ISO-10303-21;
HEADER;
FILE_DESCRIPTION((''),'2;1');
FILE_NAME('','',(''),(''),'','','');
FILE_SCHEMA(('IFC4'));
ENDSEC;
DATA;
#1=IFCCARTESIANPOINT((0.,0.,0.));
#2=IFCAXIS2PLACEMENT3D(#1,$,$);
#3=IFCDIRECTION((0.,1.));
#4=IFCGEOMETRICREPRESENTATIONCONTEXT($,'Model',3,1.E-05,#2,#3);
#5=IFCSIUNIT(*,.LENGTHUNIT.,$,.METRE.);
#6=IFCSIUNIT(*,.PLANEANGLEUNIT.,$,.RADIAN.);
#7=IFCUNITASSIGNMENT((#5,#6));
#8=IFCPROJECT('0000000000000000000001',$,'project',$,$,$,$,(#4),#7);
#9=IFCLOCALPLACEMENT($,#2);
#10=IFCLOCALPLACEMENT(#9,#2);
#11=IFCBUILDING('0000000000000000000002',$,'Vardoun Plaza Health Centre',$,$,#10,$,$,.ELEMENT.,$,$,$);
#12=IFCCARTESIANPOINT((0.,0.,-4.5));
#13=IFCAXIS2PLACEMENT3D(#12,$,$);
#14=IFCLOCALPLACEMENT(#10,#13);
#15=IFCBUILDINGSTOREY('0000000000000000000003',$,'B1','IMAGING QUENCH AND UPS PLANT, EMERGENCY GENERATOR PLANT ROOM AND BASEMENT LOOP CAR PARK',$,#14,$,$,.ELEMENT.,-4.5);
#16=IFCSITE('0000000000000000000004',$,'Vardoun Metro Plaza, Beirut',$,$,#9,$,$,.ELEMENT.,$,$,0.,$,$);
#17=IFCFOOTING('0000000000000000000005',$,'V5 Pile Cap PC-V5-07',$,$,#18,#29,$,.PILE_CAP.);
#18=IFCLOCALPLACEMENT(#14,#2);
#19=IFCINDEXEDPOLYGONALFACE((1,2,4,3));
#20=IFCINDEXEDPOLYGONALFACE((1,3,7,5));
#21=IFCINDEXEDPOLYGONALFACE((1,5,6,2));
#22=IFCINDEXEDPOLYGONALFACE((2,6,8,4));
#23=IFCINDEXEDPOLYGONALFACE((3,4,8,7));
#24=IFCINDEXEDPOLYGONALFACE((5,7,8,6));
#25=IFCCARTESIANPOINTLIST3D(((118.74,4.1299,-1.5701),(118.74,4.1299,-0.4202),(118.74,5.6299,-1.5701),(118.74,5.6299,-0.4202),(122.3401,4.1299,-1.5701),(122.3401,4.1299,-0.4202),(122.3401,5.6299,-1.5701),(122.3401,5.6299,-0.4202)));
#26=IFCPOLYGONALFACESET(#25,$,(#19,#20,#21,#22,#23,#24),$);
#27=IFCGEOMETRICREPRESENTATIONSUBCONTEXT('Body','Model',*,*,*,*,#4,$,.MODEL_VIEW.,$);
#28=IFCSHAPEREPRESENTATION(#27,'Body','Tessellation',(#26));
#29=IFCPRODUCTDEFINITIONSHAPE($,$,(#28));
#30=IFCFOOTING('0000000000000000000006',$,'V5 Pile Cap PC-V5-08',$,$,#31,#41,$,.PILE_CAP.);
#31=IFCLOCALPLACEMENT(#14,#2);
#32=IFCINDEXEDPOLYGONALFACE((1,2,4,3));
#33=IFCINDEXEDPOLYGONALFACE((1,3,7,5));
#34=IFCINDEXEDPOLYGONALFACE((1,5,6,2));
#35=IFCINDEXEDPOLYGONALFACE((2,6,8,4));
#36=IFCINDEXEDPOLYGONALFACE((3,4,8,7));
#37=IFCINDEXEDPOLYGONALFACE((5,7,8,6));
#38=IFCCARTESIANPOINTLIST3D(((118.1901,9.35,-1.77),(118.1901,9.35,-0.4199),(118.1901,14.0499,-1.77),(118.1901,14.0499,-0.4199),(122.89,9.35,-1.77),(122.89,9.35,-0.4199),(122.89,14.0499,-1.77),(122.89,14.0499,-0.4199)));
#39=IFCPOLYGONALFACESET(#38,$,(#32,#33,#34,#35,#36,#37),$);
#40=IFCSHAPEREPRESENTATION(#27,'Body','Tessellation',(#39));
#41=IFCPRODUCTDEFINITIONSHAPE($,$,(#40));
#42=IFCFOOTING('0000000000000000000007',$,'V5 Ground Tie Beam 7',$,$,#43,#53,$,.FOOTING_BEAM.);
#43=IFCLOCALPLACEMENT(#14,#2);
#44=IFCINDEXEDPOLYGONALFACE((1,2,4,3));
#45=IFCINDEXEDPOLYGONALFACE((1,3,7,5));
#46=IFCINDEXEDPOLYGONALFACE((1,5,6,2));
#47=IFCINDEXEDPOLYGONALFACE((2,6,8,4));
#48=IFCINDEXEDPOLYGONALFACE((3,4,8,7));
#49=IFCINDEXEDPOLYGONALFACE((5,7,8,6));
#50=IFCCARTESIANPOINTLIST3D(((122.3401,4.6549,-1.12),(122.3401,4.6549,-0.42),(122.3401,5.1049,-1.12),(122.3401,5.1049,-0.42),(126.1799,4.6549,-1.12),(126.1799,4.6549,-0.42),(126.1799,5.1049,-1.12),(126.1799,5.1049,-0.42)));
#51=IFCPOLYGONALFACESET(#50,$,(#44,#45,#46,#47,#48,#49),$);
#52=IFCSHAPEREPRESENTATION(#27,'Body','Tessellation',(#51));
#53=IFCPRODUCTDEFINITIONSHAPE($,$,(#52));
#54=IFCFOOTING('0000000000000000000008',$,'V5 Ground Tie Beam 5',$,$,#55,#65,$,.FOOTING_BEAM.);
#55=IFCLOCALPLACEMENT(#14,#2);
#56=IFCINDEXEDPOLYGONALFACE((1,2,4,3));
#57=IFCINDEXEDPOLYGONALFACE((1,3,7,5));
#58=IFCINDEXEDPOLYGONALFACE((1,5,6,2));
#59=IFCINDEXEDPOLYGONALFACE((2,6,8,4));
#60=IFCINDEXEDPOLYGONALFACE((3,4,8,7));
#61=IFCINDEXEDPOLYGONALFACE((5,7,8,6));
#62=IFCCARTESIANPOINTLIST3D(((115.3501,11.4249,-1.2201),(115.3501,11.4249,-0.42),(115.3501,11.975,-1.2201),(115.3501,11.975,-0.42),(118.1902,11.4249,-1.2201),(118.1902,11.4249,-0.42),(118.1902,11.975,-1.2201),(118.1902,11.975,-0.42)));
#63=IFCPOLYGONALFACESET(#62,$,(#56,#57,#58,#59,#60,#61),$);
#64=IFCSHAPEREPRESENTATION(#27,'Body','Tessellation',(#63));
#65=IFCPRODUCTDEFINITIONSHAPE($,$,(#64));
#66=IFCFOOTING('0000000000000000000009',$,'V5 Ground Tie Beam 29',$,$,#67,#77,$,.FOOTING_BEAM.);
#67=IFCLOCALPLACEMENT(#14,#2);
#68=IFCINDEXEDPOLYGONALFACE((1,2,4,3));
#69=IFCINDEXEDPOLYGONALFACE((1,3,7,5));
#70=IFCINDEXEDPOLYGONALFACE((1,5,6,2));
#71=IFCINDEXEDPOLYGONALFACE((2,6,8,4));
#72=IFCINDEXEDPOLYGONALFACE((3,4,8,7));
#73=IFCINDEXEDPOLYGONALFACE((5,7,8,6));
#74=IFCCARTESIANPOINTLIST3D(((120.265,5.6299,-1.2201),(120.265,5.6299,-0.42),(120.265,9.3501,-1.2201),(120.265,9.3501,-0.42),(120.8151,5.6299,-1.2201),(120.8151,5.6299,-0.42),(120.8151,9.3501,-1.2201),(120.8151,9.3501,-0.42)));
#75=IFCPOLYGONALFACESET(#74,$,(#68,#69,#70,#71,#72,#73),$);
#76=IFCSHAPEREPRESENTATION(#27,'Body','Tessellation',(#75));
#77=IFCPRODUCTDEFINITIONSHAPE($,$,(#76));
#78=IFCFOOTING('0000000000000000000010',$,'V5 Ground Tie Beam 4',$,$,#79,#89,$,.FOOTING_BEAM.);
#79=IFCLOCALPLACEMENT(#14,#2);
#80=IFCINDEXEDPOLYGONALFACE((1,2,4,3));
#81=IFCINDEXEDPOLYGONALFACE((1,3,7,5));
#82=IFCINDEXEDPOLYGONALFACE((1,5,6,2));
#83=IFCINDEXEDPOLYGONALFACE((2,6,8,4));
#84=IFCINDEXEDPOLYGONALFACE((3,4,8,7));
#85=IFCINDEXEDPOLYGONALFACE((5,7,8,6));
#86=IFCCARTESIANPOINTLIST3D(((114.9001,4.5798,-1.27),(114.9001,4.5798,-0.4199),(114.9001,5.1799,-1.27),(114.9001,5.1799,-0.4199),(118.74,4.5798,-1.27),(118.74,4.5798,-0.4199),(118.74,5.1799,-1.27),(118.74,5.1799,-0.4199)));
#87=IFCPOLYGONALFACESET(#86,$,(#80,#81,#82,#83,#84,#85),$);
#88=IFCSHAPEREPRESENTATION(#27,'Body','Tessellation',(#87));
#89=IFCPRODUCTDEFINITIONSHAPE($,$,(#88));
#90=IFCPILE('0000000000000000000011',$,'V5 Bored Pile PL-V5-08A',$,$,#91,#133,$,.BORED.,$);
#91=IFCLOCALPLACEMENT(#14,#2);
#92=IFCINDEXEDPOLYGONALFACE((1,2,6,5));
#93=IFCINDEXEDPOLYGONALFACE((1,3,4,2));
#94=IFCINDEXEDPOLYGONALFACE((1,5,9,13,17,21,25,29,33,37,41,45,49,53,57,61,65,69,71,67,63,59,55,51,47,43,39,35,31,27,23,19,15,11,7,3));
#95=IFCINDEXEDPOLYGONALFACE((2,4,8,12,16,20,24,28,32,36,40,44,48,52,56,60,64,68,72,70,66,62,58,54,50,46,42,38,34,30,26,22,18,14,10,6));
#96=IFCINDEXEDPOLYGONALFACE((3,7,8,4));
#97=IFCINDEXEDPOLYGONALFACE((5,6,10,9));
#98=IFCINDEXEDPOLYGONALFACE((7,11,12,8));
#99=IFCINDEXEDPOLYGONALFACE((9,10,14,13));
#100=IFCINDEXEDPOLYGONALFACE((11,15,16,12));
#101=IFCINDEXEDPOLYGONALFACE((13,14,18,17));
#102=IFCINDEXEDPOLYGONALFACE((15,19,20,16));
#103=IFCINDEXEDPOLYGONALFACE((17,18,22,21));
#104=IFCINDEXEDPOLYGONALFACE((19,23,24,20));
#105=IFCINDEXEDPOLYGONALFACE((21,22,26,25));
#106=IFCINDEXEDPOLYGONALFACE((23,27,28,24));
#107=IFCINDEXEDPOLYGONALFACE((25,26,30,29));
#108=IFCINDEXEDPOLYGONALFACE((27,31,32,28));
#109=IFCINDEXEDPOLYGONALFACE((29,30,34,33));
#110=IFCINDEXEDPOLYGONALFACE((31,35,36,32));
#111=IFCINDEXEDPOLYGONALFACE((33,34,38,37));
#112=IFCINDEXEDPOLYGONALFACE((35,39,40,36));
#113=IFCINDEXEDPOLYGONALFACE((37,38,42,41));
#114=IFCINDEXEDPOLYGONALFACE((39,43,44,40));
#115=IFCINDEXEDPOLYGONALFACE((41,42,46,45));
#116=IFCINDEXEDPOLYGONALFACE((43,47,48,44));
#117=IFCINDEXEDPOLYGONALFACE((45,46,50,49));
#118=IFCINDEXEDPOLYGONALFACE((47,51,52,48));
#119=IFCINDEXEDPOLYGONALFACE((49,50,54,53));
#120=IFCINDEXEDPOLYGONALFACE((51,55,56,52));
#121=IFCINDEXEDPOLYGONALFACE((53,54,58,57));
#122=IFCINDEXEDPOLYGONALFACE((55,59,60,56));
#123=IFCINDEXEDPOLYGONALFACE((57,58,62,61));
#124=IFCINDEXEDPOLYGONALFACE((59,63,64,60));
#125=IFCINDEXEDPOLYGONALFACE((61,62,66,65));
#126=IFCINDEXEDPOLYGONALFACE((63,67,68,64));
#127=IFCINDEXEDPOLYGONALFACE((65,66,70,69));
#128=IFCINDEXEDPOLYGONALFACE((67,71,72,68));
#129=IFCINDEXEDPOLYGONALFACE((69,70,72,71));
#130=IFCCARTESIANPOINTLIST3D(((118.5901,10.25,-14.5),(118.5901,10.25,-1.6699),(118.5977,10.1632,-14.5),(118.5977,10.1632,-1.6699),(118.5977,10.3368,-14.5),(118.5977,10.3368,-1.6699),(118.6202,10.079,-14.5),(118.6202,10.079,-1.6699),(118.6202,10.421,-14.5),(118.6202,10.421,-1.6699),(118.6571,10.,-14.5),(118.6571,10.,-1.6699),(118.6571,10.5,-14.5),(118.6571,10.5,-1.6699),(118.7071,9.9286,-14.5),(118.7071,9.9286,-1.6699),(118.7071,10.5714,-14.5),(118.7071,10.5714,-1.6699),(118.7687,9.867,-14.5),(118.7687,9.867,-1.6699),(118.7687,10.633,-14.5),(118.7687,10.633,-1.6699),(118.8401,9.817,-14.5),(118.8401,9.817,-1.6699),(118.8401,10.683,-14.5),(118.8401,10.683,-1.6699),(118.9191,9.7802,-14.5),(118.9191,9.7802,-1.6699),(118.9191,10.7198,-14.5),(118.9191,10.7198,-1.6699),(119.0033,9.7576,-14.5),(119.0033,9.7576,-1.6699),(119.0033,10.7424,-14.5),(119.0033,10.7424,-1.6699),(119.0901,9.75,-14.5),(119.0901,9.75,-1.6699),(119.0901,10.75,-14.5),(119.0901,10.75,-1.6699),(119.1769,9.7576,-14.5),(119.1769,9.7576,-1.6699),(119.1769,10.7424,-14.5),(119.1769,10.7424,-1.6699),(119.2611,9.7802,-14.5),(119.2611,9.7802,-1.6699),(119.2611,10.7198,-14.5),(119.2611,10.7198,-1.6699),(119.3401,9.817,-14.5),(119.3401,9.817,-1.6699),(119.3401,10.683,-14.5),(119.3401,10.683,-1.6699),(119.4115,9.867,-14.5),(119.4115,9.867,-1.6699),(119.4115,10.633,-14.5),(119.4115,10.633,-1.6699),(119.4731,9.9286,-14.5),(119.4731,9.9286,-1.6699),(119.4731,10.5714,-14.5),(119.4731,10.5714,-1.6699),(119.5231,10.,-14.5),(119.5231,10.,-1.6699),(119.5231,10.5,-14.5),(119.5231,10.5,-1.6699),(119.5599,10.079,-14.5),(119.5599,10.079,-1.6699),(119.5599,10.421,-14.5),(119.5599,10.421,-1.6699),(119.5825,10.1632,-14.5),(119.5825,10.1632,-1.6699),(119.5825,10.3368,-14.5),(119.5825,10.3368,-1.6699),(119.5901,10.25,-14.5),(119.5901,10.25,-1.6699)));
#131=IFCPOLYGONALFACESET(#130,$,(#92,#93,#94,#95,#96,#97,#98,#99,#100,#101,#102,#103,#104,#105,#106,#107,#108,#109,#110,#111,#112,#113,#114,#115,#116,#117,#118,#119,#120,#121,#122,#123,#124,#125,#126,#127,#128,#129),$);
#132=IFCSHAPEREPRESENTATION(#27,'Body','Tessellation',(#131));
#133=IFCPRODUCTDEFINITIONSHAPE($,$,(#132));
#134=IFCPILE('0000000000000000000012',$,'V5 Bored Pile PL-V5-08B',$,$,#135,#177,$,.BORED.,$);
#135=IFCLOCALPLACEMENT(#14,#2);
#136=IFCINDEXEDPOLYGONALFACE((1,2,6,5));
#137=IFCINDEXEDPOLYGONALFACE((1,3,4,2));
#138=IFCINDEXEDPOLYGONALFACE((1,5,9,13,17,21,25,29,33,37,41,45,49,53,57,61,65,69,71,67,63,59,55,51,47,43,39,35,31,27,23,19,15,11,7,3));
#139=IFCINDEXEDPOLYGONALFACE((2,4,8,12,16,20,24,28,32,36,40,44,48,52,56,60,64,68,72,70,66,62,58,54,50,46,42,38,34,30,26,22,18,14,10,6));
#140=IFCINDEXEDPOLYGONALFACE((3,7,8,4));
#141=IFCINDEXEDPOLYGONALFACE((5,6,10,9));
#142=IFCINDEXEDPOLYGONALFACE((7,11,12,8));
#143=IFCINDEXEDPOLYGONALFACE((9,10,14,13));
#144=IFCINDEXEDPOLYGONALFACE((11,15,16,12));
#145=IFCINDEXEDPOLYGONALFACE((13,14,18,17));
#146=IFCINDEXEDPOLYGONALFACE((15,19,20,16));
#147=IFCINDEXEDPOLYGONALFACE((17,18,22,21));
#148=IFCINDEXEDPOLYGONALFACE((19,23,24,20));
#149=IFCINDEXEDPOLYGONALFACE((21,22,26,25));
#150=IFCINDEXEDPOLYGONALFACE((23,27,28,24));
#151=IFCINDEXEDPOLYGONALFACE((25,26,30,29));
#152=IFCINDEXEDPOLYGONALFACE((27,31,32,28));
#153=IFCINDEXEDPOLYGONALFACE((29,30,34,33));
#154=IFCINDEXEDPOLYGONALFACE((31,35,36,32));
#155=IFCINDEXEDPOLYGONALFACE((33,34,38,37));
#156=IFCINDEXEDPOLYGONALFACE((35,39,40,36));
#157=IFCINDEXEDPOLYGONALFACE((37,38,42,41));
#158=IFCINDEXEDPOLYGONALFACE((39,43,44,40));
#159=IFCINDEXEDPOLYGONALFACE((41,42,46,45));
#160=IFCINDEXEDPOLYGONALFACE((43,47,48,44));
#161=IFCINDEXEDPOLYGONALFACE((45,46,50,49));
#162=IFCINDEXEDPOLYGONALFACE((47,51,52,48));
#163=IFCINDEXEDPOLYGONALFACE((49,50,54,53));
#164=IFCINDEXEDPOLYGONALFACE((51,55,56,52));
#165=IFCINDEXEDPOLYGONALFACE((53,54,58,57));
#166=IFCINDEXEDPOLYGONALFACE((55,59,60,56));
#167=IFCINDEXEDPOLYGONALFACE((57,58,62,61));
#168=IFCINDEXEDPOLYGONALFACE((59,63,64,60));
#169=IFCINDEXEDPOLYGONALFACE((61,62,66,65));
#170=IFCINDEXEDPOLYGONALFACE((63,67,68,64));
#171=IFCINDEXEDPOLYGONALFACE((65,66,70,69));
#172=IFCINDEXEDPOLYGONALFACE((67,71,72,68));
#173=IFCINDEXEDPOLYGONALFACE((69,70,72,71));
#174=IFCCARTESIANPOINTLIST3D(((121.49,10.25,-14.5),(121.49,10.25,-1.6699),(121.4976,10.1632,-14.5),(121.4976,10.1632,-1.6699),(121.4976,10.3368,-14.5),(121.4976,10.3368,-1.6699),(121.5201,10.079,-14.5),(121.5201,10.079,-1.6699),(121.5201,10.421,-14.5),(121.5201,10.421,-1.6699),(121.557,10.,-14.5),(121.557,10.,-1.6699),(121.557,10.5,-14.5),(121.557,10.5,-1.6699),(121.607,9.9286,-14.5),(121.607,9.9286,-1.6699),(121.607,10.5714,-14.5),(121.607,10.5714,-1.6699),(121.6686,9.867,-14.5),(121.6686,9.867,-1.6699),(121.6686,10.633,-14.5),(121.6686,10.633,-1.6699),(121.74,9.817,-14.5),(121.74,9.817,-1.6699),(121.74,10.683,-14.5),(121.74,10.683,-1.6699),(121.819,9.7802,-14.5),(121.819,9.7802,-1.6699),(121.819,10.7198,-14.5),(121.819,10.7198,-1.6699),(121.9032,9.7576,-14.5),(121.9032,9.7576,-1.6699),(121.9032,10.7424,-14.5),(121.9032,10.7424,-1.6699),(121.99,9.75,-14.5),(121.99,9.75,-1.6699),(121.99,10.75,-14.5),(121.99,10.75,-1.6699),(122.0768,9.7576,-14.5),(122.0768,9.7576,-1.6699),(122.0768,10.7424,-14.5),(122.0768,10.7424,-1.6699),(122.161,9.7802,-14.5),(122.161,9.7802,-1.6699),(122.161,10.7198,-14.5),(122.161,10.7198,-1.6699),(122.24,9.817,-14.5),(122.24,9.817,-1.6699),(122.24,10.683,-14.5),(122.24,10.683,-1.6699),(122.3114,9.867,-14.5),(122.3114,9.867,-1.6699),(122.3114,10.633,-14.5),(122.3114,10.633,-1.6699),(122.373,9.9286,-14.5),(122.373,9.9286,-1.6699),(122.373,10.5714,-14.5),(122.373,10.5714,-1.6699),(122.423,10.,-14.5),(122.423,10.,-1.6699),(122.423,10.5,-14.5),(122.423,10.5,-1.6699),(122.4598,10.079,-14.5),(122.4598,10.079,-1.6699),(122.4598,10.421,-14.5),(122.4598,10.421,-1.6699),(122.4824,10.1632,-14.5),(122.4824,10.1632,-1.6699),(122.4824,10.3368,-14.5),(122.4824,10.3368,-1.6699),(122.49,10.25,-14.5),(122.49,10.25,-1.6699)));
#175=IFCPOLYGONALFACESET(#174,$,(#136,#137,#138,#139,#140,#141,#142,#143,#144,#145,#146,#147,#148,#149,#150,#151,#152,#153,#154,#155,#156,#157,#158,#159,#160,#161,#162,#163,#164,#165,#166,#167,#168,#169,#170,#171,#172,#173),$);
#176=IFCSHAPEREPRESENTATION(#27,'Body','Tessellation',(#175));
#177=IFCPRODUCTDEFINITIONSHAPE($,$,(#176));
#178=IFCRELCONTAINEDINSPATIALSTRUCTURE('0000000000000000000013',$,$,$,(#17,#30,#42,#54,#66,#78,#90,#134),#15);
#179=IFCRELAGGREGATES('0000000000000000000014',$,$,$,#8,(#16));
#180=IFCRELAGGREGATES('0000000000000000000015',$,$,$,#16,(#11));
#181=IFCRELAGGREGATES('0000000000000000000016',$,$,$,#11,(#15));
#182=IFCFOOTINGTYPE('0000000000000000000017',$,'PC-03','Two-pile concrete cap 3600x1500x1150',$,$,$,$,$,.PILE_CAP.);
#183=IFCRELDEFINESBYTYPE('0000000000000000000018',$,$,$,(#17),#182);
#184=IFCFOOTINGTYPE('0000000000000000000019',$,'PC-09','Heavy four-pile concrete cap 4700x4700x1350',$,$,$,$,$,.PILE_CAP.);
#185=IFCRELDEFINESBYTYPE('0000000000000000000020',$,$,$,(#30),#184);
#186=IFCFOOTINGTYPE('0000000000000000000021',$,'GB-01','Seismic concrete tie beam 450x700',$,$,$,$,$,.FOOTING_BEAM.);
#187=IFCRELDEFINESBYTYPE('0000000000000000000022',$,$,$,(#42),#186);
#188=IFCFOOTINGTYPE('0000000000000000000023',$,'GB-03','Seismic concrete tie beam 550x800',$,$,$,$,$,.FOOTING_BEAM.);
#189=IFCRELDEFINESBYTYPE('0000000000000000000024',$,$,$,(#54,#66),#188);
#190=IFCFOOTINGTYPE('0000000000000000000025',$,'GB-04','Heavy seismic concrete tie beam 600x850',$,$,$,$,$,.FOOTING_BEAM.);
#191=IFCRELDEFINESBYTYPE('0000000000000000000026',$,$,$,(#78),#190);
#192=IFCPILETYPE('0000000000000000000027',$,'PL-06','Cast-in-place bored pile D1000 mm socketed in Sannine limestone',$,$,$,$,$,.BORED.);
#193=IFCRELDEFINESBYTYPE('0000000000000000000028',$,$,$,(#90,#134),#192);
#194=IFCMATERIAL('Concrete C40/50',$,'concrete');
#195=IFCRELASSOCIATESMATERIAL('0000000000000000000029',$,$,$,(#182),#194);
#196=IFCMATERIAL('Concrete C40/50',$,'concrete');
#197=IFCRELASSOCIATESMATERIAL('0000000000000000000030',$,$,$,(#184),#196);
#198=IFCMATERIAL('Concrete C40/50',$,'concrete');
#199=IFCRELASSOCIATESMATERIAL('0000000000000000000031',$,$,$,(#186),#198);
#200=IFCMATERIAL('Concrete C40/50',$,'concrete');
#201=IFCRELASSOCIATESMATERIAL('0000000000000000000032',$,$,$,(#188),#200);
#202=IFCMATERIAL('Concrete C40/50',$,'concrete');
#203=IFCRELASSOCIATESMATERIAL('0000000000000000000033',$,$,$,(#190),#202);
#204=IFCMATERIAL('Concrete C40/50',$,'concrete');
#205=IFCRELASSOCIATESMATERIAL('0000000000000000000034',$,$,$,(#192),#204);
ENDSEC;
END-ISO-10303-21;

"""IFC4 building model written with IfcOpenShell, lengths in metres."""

from ifc_helpers import new_model, si_unit, direction, frame, origin, origin_2d, place, context, subcontext, project, spatial, rectangle, circle, extrude, material, material_profile, profile_set, type_object, element, save


model = new_model("IFC4")

# Units and contexts
model_context = context("Model", 3, precision=1e-05, world=origin(), true_north=direction((0.0, 1.0)))
body_context = subcontext(model_context, "Body", "Model", "MODEL_VIEW")
ifc_project = project(units=[si_unit("LENGTHUNIT", "METRE"), si_unit("PLANEANGLEUNIT", "RADIAN")], contexts=[model_context])

# Site, building, storey
site_placement = place(None, origin())
site = spatial("IfcSite", under=ifc_project, at=site_placement, Name="Vardoun Metro Plaza, Beirut", CompositionType="ELEMENT", RefElevation=0.0)
building_placement = place(site_placement, origin())
building = spatial("IfcBuilding", under=site, at=building_placement, Name="Vardoun Plaza Health Centre", CompositionType="ELEMENT")
storey_placement = place(building_placement, frame((0.0, 0.0, -4.5)))
storey = spatial("IfcBuildingStorey", under=building, at=storey_placement, Name="B1", Description="IMAGING QUENCH AND UPS PLANT, EMERGENCY GENERATOR PLANT ROOM AND BASEMENT LOOP CAR PARK", CompositionType="ELEMENT", Elevation=-4.5)

# Footings
ifc_material_1 = material(Name="Concrete C40/50", Category="concrete")
footing_type_1 = type_object("IfcFootingType", Name="PC-03", Description="Two-pile concrete cap 3600x1500x1150", PredefinedType="PILE_CAP", material=ifc_material_1)
footing_1_placement = place(storey_placement, frame((120.54, 4.8799, -1.5701), z_axis=(0.0, 0.0, 1.0), x_axis=(1.0, 0.0, 0.0)))
element("IfcFooting", 1, at=footing_1_placement, inside=storey, type_object=footing_type_1, Name="V5 Pile Cap PC-V5-07", PredefinedType="PILE_CAP", context=body_context, shape_type="SweptSolid", body=[
    extrude(rectangle(XDim=3.6001, YDim=1.5, at=origin_2d()), origin(), (0.0, 0.0, 1.0), 1.1499),
])
ifc_material_2 = material(Name="Concrete C40/50", Category="concrete")
footing_type_2 = type_object("IfcFootingType", Name="PC-09", Description="Heavy four-pile concrete cap 4700x4700x1350", PredefinedType="PILE_CAP", material=ifc_material_2)
footing_2_placement = place(storey_placement, frame((120.54, 11.7, -1.77), z_axis=(0.0, 0.0, 1.0), x_axis=(1.0, 0.0, 0.0)))
element("IfcFooting", 2, at=footing_2_placement, inside=storey, type_object=footing_type_2, Name="V5 Pile Cap PC-V5-08", PredefinedType="PILE_CAP", context=body_context, shape_type="SweptSolid", body=[
    extrude(rectangle(XDim=4.7, YDim=4.7, at=origin_2d()), origin(), (0.0, 0.0, 1.0), 1.3501),
])
ifc_material_3 = material(Name="Concrete C40/50", Category="concrete")
ifc_material_profile_1 = material_profile(ifc_material_3, rectangle(XDim=0.45, YDim=0.7, at=origin_2d()), Name="GB 450x700")
ifc_profile_set_1 = profile_set([ifc_material_profile_1], Name="Concrete C40/50")
footing_type_3 = type_object("IfcFootingType", Name="GB-01", Description="Seismic concrete tie beam 450x700", PredefinedType="FOOTING_BEAM", material=ifc_profile_set_1)
footing_3_placement = place(storey_placement, frame((122.3401, 4.8799, -0.77), z_axis=(1.0, 0.0, 0.0), x_axis=(0.0, 1.0, 0.0)))
element("IfcFooting", 3, at=footing_3_placement, inside=storey, type_object=footing_type_3, Name="V5 Ground Tie Beam 7", PredefinedType="FOOTING_BEAM", context=body_context, shape_type="SweptSolid", body=[
    extrude(rectangle(XDim=0.45, YDim=0.7, at=origin_2d()), origin(), (0.0, 0.0, 1.0), 3.8398),
])
ifc_material_4 = material(Name="Concrete C40/50", Category="concrete")
ifc_material_profile_2 = material_profile(ifc_material_4, rectangle(XDim=0.55, YDim=0.8, at=origin_2d()), Name="GB 550x800")
ifc_profile_set_2 = profile_set([ifc_material_profile_2], Name="Concrete C40/50")
footing_type_4 = type_object("IfcFootingType", Name="GB-03", Description="Seismic concrete tie beam 550x800", PredefinedType="FOOTING_BEAM", material=ifc_profile_set_2)
footing_4_placement = place(storey_placement, frame((115.3501, 11.7, -0.8201), z_axis=(1.0, 0.0, 0.0), x_axis=(0.0, 1.0, 0.0)))
element("IfcFooting", 4, at=footing_4_placement, inside=storey, type_object=footing_type_4, Name="V5 Ground Tie Beam 5", PredefinedType="FOOTING_BEAM", context=body_context, shape_type="SweptSolid", body=[
    extrude(rectangle(XDim=0.55, YDim=0.8, at=origin_2d()), origin(), (0.0, 0.0, 1.0), 2.8401),
])
footing_5_placement = place(storey_placement, frame((120.54, 5.6299, -0.8201), z_axis=(0.0, 1.0, 0.0), x_axis=(-1.0, 0.0, 0.0)))
element("IfcFooting", 5, at=footing_5_placement, inside=storey, type_object=footing_type_4, Name="V5 Ground Tie Beam 29", PredefinedType="FOOTING_BEAM", context=body_context, shape_type="SweptSolid", body=[
    extrude(rectangle(XDim=0.55, YDim=0.8, at=origin_2d()), origin(), (0.0, 0.0, 1.0), 3.7202),
])
ifc_material_5 = material(Name="Concrete C40/50", Category="concrete")
ifc_material_profile_3 = material_profile(ifc_material_5, rectangle(XDim=0.6001, YDim=0.8501, at=origin_2d()), Name="GB 600x850")
ifc_profile_set_3 = profile_set([ifc_material_profile_3], Name="Concrete C40/50")
footing_type_5 = type_object("IfcFootingType", Name="GB-04", Description="Heavy seismic concrete tie beam 600x850", PredefinedType="FOOTING_BEAM", material=ifc_profile_set_3)
footing_6_placement = place(storey_placement, frame((114.9001, 4.8799, -0.845), z_axis=(1.0, 0.0, 0.0), x_axis=(0.0, 1.0, 0.0)))
element("IfcFooting", 6, at=footing_6_placement, inside=storey, type_object=footing_type_5, Name="V5 Ground Tie Beam 4", PredefinedType="FOOTING_BEAM", context=body_context, shape_type="SweptSolid", body=[
    extrude(rectangle(XDim=0.6001, YDim=0.8501, at=origin_2d()), origin(), (0.0, 0.0, 1.0), 3.8398),
])

# Piles
ifc_material_6 = material(Name="Concrete C40/50", Category="concrete")
ifc_material_profile_4 = material_profile(ifc_material_6, circle(Radius=0.5, at=origin_2d()), Name="PILE D1000")
ifc_profile_set_4 = profile_set([ifc_material_profile_4], Name="Concrete C40/50")
pile_type_1 = type_object("IfcPileType", Name="PL-06", Description="Cast-in-place bored pile D1000 mm socketed in Sannine limestone", PredefinedType="BORED", material=ifc_profile_set_4)
for number, where, z_axis, x_axis, name in (
    (7, (119.0901, 10.25, -1.6699), (0.0, 0.0, -1.0), (1.0, 0.0, 0.0), "V5 Bored Pile PL-V5-08A"),
    (8, (121.99, 10.25, -1.6699), (0.0, 0.0, -1.0), (1.0, 0.0, 0.0), "V5 Bored Pile PL-V5-08B"),
):
    element("IfcPile", number, at=place(storey_placement, frame(where, z_axis=z_axis, x_axis=x_axis)), inside=storey, type_object=pile_type_1, Name=name, PredefinedType="BORED", context=body_context, shape_type="SweptSolid", body=[
        extrude(circle(Radius=0.5, at=origin_2d()), origin(), (0.0, 0.0, 1.0), 12.8301),
    ])

save(model, "model.ifc")
